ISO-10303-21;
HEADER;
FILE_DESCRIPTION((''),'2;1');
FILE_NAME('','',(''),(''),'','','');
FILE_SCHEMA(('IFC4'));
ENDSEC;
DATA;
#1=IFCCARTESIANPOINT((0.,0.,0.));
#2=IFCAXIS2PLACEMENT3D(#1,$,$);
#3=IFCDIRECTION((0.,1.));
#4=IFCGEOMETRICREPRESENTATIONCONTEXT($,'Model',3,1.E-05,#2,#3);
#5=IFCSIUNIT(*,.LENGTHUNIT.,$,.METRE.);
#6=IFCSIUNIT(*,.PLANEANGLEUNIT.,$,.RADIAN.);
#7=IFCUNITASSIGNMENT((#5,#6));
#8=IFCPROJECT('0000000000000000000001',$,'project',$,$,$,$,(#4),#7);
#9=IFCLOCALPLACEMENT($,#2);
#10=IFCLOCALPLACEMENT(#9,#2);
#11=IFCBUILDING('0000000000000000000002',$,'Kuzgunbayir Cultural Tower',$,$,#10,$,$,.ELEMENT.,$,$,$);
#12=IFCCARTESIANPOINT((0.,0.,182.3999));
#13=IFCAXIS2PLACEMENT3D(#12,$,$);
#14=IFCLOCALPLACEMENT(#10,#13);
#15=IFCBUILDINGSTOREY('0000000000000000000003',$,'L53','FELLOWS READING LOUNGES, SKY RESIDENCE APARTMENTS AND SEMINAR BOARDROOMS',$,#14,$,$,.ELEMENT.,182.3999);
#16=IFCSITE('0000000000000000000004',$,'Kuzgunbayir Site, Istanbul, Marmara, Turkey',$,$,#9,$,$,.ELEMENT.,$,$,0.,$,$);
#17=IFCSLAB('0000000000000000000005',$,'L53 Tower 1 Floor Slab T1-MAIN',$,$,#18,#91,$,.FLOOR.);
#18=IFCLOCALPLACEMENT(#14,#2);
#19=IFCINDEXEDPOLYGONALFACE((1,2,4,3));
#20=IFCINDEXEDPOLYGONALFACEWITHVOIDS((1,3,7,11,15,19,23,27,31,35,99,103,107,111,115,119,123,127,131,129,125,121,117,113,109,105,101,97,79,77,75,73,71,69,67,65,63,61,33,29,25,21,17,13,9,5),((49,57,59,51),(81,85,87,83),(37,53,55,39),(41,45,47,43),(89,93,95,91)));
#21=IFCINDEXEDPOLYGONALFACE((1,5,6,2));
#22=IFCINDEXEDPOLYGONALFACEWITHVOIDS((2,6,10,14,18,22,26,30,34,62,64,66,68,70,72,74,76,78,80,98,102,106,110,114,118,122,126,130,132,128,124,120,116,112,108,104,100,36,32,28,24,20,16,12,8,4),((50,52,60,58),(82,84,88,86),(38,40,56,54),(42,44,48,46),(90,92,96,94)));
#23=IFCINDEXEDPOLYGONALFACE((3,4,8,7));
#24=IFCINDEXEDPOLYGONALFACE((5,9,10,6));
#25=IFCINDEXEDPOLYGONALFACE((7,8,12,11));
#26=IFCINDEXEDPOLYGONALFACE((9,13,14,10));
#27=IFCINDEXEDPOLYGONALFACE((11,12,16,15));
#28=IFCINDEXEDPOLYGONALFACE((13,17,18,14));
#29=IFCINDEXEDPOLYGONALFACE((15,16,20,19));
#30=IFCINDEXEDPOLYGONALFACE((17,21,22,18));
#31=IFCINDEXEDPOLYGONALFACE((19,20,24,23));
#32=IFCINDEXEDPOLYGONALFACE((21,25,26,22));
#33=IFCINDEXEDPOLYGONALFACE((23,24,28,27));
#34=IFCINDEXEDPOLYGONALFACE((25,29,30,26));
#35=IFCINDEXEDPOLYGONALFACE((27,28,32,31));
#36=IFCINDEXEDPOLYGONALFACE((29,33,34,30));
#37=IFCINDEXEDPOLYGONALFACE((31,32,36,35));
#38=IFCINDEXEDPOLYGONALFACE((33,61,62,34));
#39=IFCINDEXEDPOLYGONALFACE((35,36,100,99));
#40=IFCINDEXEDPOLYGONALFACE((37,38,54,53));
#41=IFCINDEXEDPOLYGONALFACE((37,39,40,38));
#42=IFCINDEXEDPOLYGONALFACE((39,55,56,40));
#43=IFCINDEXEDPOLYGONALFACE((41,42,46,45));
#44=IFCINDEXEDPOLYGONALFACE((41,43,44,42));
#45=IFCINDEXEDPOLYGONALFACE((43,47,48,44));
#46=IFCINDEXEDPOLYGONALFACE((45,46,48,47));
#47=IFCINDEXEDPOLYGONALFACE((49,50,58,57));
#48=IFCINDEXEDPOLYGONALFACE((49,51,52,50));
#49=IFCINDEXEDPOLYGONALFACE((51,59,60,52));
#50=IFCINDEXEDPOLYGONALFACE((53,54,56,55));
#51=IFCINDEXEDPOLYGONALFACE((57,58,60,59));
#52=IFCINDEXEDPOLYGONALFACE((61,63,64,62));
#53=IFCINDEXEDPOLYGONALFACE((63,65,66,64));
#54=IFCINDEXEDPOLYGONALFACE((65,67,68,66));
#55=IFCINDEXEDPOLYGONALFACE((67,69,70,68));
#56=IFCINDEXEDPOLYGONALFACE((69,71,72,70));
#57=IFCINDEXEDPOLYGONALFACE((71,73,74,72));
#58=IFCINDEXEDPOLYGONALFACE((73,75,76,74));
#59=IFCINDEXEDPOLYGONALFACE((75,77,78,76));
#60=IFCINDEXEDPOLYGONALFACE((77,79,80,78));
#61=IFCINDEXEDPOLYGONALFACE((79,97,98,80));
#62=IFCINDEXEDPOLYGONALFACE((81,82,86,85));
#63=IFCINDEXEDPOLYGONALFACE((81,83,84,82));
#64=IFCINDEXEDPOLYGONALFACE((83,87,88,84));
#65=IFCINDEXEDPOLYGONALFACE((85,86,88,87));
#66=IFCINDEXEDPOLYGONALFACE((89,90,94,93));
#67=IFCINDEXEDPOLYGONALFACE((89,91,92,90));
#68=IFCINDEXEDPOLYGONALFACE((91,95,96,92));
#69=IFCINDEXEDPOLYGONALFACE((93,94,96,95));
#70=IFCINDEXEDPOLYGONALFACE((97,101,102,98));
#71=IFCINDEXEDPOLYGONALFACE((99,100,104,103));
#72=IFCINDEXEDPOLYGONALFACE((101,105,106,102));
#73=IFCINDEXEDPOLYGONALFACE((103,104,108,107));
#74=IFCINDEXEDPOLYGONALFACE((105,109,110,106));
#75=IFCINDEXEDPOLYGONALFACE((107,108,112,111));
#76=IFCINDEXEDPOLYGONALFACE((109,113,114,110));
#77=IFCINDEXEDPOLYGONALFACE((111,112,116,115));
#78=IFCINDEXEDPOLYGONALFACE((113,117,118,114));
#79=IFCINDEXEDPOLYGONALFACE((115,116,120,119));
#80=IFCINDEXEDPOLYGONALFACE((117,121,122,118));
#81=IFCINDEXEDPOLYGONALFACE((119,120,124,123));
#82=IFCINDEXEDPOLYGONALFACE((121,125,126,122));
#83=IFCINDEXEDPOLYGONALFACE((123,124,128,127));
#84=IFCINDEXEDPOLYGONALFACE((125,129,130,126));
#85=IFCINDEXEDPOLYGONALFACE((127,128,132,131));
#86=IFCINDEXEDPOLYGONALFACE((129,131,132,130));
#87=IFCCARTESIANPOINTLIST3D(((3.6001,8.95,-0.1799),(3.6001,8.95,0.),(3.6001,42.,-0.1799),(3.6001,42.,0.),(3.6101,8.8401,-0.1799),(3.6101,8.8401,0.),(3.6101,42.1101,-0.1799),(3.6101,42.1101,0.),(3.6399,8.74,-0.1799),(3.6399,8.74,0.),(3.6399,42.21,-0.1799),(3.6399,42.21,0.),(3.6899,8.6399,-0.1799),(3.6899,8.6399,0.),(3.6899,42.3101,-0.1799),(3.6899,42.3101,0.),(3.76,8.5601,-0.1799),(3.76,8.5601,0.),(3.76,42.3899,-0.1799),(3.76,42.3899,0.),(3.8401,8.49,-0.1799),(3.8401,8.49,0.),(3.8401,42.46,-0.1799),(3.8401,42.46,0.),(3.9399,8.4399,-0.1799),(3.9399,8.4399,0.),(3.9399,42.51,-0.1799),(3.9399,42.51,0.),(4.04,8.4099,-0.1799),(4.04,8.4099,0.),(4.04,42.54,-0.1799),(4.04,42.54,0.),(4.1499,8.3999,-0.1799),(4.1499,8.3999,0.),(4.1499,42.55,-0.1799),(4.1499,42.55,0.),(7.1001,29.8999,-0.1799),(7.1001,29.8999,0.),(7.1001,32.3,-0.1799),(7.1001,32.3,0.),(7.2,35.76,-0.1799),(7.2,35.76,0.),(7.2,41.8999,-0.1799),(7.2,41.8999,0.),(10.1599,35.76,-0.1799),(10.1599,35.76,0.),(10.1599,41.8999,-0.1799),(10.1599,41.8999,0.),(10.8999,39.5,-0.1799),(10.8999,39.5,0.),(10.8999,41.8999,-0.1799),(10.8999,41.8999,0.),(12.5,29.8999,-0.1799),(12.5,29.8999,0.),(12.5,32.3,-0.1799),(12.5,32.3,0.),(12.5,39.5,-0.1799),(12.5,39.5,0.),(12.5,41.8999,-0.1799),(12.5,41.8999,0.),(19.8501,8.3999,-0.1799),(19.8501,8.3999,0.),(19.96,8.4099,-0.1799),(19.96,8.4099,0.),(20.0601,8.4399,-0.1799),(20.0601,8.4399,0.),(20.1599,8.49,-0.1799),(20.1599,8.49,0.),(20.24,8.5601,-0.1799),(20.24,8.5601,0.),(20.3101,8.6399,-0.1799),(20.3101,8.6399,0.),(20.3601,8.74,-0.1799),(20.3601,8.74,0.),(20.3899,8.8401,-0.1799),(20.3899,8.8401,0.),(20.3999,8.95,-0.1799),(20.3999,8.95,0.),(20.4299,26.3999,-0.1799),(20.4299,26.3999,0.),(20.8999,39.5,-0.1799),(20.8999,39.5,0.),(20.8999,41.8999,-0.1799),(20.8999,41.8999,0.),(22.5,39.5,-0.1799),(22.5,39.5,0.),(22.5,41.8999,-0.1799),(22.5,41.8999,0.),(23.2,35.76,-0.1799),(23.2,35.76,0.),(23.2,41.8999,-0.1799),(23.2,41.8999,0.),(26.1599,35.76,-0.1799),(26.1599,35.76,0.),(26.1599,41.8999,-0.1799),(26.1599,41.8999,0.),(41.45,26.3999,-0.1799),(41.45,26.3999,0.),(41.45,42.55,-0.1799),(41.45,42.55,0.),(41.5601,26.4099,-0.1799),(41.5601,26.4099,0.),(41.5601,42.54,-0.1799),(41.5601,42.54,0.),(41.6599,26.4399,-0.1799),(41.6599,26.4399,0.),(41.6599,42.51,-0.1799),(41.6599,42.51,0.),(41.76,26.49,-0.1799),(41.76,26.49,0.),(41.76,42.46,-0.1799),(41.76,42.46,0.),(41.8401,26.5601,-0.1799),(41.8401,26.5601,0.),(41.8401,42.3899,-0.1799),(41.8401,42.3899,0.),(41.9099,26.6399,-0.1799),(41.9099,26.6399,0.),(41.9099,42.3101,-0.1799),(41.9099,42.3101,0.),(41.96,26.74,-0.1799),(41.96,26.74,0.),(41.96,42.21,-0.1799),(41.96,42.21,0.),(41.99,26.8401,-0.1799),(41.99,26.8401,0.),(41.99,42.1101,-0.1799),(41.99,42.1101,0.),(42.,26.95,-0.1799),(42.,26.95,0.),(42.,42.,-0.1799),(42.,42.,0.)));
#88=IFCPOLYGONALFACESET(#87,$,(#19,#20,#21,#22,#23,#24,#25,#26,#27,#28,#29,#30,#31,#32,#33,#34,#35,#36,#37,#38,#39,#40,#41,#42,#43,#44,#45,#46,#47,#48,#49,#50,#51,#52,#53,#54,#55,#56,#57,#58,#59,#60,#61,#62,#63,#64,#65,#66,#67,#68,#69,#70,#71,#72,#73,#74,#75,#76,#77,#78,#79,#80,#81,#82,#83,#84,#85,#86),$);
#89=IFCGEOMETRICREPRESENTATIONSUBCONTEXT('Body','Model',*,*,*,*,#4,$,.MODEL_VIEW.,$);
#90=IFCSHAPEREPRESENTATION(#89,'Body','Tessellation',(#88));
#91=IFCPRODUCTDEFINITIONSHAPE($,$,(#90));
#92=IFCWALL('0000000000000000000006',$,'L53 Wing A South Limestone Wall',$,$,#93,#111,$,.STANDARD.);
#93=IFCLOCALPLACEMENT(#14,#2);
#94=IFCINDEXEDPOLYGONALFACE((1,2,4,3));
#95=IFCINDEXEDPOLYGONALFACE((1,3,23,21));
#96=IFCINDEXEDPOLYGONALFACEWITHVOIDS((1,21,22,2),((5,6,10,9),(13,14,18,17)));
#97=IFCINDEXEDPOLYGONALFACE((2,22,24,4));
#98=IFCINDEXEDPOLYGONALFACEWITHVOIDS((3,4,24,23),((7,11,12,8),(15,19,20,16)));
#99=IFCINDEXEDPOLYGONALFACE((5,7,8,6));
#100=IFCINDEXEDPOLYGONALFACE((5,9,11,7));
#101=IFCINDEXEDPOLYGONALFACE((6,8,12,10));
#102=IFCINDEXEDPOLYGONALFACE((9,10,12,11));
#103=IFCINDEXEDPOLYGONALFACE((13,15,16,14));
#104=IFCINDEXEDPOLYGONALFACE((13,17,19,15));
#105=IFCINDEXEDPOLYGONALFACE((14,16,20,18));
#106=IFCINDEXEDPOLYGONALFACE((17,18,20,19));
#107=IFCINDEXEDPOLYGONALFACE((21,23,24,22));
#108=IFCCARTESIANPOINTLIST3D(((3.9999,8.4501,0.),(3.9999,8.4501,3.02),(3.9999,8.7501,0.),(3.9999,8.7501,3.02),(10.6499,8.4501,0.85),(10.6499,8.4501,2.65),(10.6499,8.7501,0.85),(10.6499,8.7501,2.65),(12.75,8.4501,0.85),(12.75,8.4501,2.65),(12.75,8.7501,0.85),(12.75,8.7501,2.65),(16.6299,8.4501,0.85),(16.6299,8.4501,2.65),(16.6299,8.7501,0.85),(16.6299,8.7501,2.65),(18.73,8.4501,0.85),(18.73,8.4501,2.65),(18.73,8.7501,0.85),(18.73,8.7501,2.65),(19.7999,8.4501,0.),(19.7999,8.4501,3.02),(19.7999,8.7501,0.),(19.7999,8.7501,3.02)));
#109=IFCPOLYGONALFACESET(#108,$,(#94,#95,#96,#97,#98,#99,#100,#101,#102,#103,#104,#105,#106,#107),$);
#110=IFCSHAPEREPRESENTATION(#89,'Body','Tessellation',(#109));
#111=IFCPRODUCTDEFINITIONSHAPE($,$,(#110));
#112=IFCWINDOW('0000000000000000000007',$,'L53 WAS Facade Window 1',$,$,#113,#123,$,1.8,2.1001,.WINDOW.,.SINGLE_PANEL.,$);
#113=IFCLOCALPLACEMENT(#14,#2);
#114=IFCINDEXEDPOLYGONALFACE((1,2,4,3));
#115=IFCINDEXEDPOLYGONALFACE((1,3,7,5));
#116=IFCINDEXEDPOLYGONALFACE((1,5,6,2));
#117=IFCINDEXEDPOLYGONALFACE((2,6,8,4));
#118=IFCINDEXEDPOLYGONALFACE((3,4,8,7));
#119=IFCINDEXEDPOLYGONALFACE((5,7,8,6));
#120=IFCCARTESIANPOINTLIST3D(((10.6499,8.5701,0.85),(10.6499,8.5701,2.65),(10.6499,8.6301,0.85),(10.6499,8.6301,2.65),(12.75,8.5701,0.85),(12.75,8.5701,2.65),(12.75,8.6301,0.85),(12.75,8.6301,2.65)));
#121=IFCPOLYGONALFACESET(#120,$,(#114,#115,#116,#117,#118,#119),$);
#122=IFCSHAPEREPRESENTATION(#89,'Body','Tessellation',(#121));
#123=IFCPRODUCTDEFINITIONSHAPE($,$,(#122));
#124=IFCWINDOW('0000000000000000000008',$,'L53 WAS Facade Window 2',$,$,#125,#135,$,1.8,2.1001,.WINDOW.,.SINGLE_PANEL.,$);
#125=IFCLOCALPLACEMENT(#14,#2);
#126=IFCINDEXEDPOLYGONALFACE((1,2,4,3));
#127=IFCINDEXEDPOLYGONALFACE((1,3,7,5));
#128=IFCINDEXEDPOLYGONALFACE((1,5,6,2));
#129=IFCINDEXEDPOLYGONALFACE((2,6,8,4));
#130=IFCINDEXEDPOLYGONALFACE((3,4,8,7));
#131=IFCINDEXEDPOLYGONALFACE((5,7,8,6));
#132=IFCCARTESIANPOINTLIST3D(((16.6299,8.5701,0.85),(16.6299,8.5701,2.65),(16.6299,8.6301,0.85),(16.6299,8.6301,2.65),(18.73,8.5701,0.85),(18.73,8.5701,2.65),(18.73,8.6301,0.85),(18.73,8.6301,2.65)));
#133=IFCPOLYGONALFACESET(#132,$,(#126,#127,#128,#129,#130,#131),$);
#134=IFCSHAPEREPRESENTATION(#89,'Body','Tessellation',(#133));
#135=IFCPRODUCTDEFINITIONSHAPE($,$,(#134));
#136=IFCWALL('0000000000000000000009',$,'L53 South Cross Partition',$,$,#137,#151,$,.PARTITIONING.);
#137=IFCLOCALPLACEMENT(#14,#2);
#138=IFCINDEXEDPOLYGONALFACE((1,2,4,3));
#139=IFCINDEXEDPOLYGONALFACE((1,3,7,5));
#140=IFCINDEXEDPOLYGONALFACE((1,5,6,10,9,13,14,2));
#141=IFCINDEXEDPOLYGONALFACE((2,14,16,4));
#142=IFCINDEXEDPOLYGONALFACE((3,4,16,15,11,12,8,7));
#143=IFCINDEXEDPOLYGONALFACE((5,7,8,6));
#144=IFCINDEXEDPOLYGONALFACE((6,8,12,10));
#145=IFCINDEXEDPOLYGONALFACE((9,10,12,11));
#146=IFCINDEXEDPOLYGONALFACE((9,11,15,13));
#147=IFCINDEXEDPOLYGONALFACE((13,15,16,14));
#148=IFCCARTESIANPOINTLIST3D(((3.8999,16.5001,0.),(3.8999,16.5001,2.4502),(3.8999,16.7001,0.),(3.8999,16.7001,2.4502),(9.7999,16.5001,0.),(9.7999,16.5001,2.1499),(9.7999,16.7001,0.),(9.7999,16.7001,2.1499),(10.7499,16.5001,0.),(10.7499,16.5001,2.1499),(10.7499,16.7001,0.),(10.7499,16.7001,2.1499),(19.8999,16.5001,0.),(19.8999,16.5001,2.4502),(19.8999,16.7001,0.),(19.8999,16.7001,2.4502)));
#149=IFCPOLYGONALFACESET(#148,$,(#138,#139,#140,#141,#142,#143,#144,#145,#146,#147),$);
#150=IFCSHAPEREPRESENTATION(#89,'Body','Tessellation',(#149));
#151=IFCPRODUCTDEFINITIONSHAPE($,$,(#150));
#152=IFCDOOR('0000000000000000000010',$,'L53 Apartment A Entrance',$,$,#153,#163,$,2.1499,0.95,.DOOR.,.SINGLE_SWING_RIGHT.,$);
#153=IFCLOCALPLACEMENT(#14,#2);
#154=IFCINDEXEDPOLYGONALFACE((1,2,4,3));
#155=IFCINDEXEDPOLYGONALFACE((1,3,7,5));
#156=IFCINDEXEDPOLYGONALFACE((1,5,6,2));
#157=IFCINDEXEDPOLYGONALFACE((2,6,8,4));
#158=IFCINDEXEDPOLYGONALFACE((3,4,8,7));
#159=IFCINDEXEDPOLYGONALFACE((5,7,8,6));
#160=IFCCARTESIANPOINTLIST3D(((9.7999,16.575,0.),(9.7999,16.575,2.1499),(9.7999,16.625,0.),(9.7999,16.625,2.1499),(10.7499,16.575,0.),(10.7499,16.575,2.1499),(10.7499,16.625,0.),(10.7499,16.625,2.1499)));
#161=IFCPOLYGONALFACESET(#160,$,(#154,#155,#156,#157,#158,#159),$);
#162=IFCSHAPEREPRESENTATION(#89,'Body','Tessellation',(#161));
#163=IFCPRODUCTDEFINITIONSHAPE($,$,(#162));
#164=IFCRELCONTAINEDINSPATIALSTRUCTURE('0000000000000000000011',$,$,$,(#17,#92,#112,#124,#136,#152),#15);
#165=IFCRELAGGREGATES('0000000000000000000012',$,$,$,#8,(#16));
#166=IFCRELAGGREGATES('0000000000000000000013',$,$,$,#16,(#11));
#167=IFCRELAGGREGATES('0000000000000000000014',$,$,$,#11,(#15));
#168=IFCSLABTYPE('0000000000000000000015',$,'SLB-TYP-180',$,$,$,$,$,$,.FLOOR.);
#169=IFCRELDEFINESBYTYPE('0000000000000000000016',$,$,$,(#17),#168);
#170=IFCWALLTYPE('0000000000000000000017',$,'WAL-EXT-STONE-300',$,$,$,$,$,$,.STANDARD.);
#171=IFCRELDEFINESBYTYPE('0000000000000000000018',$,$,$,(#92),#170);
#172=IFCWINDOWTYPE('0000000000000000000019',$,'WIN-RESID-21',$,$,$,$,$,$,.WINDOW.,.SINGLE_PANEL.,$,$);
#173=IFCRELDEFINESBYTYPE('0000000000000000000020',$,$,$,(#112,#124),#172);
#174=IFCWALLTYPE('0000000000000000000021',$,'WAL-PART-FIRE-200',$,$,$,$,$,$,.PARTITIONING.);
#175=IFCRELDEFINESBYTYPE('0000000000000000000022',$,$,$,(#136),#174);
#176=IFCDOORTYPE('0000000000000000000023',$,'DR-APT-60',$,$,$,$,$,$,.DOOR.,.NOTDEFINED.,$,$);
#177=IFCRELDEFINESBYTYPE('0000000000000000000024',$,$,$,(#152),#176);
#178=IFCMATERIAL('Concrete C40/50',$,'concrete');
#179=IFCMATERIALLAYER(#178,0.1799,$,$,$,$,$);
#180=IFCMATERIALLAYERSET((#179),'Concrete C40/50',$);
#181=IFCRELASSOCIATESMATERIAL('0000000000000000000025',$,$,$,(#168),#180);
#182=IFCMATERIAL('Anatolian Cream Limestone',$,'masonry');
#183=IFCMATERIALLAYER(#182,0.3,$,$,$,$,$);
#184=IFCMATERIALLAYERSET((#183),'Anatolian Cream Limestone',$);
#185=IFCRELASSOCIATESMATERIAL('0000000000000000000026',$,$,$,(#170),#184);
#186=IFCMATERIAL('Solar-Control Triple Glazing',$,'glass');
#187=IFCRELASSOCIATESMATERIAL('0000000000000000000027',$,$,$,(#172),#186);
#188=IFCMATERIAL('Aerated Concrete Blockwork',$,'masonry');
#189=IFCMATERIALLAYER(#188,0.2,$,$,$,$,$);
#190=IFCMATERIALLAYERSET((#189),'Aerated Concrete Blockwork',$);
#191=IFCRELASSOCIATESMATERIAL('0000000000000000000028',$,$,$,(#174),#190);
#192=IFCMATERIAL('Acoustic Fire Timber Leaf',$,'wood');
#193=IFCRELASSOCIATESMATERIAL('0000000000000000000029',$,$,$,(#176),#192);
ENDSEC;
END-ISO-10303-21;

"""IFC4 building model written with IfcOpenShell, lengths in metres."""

from ifc_helpers import new_model, si_unit, direction, frame, frame_2d, origin, place, context, subcontext, project, spatial, polyline, rectangle, outline, extrude, material, layer, layer_set, type_object, element, fill, save


model = new_model("IFC4")

# Units and contexts
model_context = context("Model", 3, precision=1e-05, world=origin(), true_north=direction((0.0, 1.0)))
body_context = subcontext(model_context, "Body", "Model", "MODEL_VIEW")
ifc_project = project(units=[si_unit("LENGTHUNIT", "METRE"), si_unit("PLANEANGLEUNIT", "RADIAN")], contexts=[model_context])

# Site, building, storey
site_placement = place(None, origin())
site = spatial("IfcSite", under=ifc_project, at=site_placement, Name="Kuzgunbayir Site, Istanbul, Marmara, Turkey", CompositionType="ELEMENT", RefElevation=0.0)
building_placement = place(site_placement, origin())
building = spatial("IfcBuilding", under=site, at=building_placement, Name="Kuzgunbayir Cultural Tower", CompositionType="ELEMENT")
storey_placement = place(building_placement, frame((0.0, 0.0, 182.3999)))
storey = spatial("IfcBuildingStorey", under=building, at=storey_placement, Name="L53", Description="FELLOWS READING LOUNGES, SKY RESIDENCE APARTMENTS AND SEMINAR BOARDROOMS", CompositionType="ELEMENT", Elevation=182.3999)

# Shared definitions
ifc_material_1 = material(Name="Concrete C40/50", Category="concrete")

# Slab
ifc_layer_1 = layer(ifc_material_1, 0.1799)
ifc_layer_set_1 = layer_set([ifc_layer_1], Name="Concrete C40/50")
slab_type_1 = type_object("IfcSlabType", Name="SLB-TYP-180", PredefinedType="FLOOR", material=ifc_layer_set_1)
slab_1_placement = place(storey_placement, frame((0.0, 0.0, -0.1799)))
element("IfcSlab", 1, at=slab_1_placement, inside=storey, type_object=slab_type_1, Name="L53 Tower 1 Floor Slab T1-MAIN", PredefinedType="FLOOR", context=body_context, shape_type="SweptSolid", body=[
    extrude(outline(polyline([(20.3999, 8.95), (20.3899, 8.8401), (20.3601, 8.74), (20.3101, 8.6399), (20.24, 8.5601), (20.1599, 8.49), (20.0601, 8.4399), (19.96, 8.4099), (19.8501, 8.3999), (4.1499, 8.3999), (4.04, 8.4099), (3.9399, 8.4399), (3.8401, 8.49), (3.76, 8.5601), (3.6899, 8.6399), (3.6399, 8.74), (3.6101, 8.8401), (3.6001, 8.95), (3.6001, 42.0), (3.6101, 42.1101), (3.6399, 42.21), (3.6899, 42.3101), (3.76, 42.3899), (3.8401, 42.46), (3.9399, 42.51), (4.04, 42.54), (4.1499, 42.55), (41.45, 42.55), (41.5601, 42.54), (41.6599, 42.51), (41.76, 42.46), (41.8401, 42.3899), (41.9099, 42.3101), (41.96, 42.21), (41.99, 42.1101), (42.0, 42.0), (42.0, 26.95), (41.99, 26.8401), (41.96, 26.74), (41.9099, 26.6399), (41.8401, 26.5601), (41.76, 26.49), (41.6599, 26.4399), (41.5601, 26.4099), (41.45, 26.3999), (20.4299, 26.3999), (20.3999, 8.95)]), holes=[polyline([(7.2, 35.76), (7.2, 41.8999), (10.1599, 41.8999), (10.1599, 35.76), (7.2, 35.76)]), polyline([(23.2, 35.76), (23.2, 41.8999), (26.1599, 41.8999), (26.1599, 35.76), (23.2, 35.76)]), polyline([(7.1001, 29.8999), (7.1001, 32.3), (12.5, 32.3), (12.5, 29.8999), (7.1001, 29.8999)]), polyline([(10.8999, 39.5), (10.8999, 41.8999), (12.5, 41.8999), (12.5, 39.5), (10.8999, 39.5)]), polyline([(20.8999, 39.5), (20.8999, 41.8999), (22.5, 41.8999), (22.5, 39.5), (20.8999, 39.5)])]), origin(), (0.0, 0.0, 1.0), 0.1799),
])

# Wall, openings, windows
ifc_material_2 = material(Name="Anatolian Cream Limestone", Category="masonry")
ifc_layer_2 = layer(ifc_material_2, 0.3)
ifc_layer_set_2 = layer_set([ifc_layer_2], Name="Anatolian Cream Limestone")
wall_type_1 = type_object("IfcWallType", Name="WAL-EXT-STONE-300", PredefinedType="STANDARD", material=ifc_layer_set_2)
wall_1_placement = place(storey_placement, frame((4.0, 8.6001, 0.0), z_axis=(0.0, 0.0, 1.0), x_axis=(1.0, 0.0, 0.0)))
wall_1 = element("IfcWall", 2, at=wall_1_placement, inside=storey, type_object=wall_type_1, Name="L53 Wing A South Limestone Wall", PredefinedType="STANDARD", context=body_context, shape_type="SweptSolid", body=[
    extrude(rectangle(XDim=15.8, YDim=0.3, at=frame_2d((7.8999, 0.0))), origin(), (0.0, 0.0, 1.0), 3.02),
])
opening_1_placement = place(wall_1_placement, frame((6.6499, 0.0, 0.8501)))
opening_1 = element("IfcOpeningElement", 3, at=opening_1_placement, cuts=wall_1, PredefinedType="OPENING", context=body_context, shape_type="SweptSolid", body=[
    extrude(rectangle(XDim=2.1001, YDim=1.8, at=frame_2d((1.05, 0.8999))), frame((0.0, 0.1602, 0.0), z_axis=(0.0, -1.0, 0.0), x_axis=(1.0, 0.0, 0.0)), (0.0, 0.0, 1.0), 0.3201),
])
opening_2_placement = place(wall_1_placement, frame((12.6299, 0.0, 0.8501)))
opening_2 = element("IfcOpeningElement", 4, at=opening_2_placement, cuts=wall_1, PredefinedType="OPENING", context=body_context, shape_type="SweptSolid", body=[
    extrude(rectangle(XDim=2.1001, YDim=1.8, at=frame_2d((1.05, 0.8999))), frame((0.0, 0.1602, 0.0), z_axis=(0.0, -1.0, 0.0), x_axis=(1.0, 0.0, 0.0)), (0.0, 0.0, 1.0), 0.3201),
])
ifc_material_3 = material(Name="Solar-Control Triple Glazing", Category="glass")
window_type = type_object("IfcWindowType", Name="WIN-RESID-21", PartitioningType="SINGLE_PANEL", PredefinedType="WINDOW", material=ifc_material_3)
window_1_placement = place(opening_1_placement, origin())
window_1 = element("IfcWindow", 5, at=window_1_placement, inside=storey, type_object=window_type, Name="L53 WAS Facade Window 1", OverallHeight=1.8, OverallWidth=2.1001, PartitioningType="SINGLE_PANEL", PredefinedType="WINDOW", context=body_context, shape_type="SweptSolid", body=[
    extrude(rectangle(XDim=2.1001, YDim=1.8, at=frame_2d((1.05, 0.8999))), frame((0.0, 0.03, 0.0), z_axis=(0.0, -1.0, 0.0), x_axis=(1.0, 0.0, 0.0)), (0.0, 0.0, 1.0), 0.0601),
])
fill(opening_1, window_1)
window_2_placement = place(opening_2_placement, origin())
window_2 = element("IfcWindow", 6, at=window_2_placement, inside=storey, type_object=window_type, Name="L53 WAS Facade Window 2", OverallHeight=1.8, OverallWidth=2.1001, PartitioningType="SINGLE_PANEL", PredefinedType="WINDOW", context=body_context, shape_type="SweptSolid", body=[
    extrude(rectangle(XDim=2.1001, YDim=1.8, at=frame_2d((1.05, 0.8999))), frame((0.0, 0.03, 0.0), z_axis=(0.0, -1.0, 0.0), x_axis=(1.0, 0.0, 0.0)), (0.0, 0.0, 1.0), 0.0601),
])
fill(opening_2, window_2)

# Shared definitions
ifc_material_4 = material(Name="Aerated Concrete Blockwork", Category="masonry")
ifc_layer_3 = layer(ifc_material_4, 0.2)
ifc_layer_set_3 = layer_set([ifc_layer_3], Name="Aerated Concrete Blockwork")
wall_type_2 = type_object("IfcWallType", Name="WAL-PART-FIRE-200", PredefinedType="PARTITIONING", material=ifc_layer_set_3)

# Wall, opening, door
wall_2_placement = place(storey_placement, frame((3.8999, 16.6001, 0.0), z_axis=(0.0, 0.0, 1.0), x_axis=(1.0, 0.0, 0.0)))
wall_2 = element("IfcWall", 7, at=wall_2_placement, inside=storey, type_object=wall_type_2, Name="L53 South Cross Partition", PredefinedType="PARTITIONING", context=body_context, shape_type="SweptSolid", body=[
    extrude(rectangle(XDim=16.0, YDim=0.2, at=frame_2d((8.0, 0.0))), origin(), (0.0, 0.0, 1.0), 2.4502),
])
opening_3_placement = place(wall_2_placement, frame((5.8999, 0.0, 0.0)))
opening_3 = element("IfcOpeningElement", 8, at=opening_3_placement, cuts=wall_2, PredefinedType="OPENING", context=body_context, shape_type="SweptSolid", body=[
    extrude(rectangle(XDim=0.95, YDim=2.1499, at=frame_2d((0.4751, 1.075))), frame((0.0, 0.1099, 0.0), z_axis=(0.0, -1.0, 0.0), x_axis=(1.0, 0.0, 0.0)), (0.0, 0.0, 1.0), 0.22),
])
ifc_material_5 = material(Name="Acoustic Fire Timber Leaf", Category="wood")
door_type_1 = type_object("IfcDoorType", Name="DR-APT-60", OperationType="NOTDEFINED", PredefinedType="DOOR", material=ifc_material_5)
door_1_placement = place(opening_3_placement, origin())
door_1 = element("IfcDoor", 9, at=door_1_placement, inside=storey, type_object=door_type_1, Name="L53 Apartment A Entrance", OperationType="SINGLE_SWING_RIGHT", OverallHeight=2.1499, OverallWidth=0.95, PredefinedType="DOOR", context=body_context, shape_type="SweptSolid", body=[
    extrude(rectangle(XDim=0.95, YDim=2.1499, at=frame_2d((0.4751, 1.075))), frame((0.0, 0.0249, 0.0), z_axis=(0.0, -1.0, 0.0), x_axis=(1.0, 0.0, 0.0)), (0.0, 0.0, 1.0), 0.05),
])
fill(opening_3, door_1)

save(model, "model.ifc")
